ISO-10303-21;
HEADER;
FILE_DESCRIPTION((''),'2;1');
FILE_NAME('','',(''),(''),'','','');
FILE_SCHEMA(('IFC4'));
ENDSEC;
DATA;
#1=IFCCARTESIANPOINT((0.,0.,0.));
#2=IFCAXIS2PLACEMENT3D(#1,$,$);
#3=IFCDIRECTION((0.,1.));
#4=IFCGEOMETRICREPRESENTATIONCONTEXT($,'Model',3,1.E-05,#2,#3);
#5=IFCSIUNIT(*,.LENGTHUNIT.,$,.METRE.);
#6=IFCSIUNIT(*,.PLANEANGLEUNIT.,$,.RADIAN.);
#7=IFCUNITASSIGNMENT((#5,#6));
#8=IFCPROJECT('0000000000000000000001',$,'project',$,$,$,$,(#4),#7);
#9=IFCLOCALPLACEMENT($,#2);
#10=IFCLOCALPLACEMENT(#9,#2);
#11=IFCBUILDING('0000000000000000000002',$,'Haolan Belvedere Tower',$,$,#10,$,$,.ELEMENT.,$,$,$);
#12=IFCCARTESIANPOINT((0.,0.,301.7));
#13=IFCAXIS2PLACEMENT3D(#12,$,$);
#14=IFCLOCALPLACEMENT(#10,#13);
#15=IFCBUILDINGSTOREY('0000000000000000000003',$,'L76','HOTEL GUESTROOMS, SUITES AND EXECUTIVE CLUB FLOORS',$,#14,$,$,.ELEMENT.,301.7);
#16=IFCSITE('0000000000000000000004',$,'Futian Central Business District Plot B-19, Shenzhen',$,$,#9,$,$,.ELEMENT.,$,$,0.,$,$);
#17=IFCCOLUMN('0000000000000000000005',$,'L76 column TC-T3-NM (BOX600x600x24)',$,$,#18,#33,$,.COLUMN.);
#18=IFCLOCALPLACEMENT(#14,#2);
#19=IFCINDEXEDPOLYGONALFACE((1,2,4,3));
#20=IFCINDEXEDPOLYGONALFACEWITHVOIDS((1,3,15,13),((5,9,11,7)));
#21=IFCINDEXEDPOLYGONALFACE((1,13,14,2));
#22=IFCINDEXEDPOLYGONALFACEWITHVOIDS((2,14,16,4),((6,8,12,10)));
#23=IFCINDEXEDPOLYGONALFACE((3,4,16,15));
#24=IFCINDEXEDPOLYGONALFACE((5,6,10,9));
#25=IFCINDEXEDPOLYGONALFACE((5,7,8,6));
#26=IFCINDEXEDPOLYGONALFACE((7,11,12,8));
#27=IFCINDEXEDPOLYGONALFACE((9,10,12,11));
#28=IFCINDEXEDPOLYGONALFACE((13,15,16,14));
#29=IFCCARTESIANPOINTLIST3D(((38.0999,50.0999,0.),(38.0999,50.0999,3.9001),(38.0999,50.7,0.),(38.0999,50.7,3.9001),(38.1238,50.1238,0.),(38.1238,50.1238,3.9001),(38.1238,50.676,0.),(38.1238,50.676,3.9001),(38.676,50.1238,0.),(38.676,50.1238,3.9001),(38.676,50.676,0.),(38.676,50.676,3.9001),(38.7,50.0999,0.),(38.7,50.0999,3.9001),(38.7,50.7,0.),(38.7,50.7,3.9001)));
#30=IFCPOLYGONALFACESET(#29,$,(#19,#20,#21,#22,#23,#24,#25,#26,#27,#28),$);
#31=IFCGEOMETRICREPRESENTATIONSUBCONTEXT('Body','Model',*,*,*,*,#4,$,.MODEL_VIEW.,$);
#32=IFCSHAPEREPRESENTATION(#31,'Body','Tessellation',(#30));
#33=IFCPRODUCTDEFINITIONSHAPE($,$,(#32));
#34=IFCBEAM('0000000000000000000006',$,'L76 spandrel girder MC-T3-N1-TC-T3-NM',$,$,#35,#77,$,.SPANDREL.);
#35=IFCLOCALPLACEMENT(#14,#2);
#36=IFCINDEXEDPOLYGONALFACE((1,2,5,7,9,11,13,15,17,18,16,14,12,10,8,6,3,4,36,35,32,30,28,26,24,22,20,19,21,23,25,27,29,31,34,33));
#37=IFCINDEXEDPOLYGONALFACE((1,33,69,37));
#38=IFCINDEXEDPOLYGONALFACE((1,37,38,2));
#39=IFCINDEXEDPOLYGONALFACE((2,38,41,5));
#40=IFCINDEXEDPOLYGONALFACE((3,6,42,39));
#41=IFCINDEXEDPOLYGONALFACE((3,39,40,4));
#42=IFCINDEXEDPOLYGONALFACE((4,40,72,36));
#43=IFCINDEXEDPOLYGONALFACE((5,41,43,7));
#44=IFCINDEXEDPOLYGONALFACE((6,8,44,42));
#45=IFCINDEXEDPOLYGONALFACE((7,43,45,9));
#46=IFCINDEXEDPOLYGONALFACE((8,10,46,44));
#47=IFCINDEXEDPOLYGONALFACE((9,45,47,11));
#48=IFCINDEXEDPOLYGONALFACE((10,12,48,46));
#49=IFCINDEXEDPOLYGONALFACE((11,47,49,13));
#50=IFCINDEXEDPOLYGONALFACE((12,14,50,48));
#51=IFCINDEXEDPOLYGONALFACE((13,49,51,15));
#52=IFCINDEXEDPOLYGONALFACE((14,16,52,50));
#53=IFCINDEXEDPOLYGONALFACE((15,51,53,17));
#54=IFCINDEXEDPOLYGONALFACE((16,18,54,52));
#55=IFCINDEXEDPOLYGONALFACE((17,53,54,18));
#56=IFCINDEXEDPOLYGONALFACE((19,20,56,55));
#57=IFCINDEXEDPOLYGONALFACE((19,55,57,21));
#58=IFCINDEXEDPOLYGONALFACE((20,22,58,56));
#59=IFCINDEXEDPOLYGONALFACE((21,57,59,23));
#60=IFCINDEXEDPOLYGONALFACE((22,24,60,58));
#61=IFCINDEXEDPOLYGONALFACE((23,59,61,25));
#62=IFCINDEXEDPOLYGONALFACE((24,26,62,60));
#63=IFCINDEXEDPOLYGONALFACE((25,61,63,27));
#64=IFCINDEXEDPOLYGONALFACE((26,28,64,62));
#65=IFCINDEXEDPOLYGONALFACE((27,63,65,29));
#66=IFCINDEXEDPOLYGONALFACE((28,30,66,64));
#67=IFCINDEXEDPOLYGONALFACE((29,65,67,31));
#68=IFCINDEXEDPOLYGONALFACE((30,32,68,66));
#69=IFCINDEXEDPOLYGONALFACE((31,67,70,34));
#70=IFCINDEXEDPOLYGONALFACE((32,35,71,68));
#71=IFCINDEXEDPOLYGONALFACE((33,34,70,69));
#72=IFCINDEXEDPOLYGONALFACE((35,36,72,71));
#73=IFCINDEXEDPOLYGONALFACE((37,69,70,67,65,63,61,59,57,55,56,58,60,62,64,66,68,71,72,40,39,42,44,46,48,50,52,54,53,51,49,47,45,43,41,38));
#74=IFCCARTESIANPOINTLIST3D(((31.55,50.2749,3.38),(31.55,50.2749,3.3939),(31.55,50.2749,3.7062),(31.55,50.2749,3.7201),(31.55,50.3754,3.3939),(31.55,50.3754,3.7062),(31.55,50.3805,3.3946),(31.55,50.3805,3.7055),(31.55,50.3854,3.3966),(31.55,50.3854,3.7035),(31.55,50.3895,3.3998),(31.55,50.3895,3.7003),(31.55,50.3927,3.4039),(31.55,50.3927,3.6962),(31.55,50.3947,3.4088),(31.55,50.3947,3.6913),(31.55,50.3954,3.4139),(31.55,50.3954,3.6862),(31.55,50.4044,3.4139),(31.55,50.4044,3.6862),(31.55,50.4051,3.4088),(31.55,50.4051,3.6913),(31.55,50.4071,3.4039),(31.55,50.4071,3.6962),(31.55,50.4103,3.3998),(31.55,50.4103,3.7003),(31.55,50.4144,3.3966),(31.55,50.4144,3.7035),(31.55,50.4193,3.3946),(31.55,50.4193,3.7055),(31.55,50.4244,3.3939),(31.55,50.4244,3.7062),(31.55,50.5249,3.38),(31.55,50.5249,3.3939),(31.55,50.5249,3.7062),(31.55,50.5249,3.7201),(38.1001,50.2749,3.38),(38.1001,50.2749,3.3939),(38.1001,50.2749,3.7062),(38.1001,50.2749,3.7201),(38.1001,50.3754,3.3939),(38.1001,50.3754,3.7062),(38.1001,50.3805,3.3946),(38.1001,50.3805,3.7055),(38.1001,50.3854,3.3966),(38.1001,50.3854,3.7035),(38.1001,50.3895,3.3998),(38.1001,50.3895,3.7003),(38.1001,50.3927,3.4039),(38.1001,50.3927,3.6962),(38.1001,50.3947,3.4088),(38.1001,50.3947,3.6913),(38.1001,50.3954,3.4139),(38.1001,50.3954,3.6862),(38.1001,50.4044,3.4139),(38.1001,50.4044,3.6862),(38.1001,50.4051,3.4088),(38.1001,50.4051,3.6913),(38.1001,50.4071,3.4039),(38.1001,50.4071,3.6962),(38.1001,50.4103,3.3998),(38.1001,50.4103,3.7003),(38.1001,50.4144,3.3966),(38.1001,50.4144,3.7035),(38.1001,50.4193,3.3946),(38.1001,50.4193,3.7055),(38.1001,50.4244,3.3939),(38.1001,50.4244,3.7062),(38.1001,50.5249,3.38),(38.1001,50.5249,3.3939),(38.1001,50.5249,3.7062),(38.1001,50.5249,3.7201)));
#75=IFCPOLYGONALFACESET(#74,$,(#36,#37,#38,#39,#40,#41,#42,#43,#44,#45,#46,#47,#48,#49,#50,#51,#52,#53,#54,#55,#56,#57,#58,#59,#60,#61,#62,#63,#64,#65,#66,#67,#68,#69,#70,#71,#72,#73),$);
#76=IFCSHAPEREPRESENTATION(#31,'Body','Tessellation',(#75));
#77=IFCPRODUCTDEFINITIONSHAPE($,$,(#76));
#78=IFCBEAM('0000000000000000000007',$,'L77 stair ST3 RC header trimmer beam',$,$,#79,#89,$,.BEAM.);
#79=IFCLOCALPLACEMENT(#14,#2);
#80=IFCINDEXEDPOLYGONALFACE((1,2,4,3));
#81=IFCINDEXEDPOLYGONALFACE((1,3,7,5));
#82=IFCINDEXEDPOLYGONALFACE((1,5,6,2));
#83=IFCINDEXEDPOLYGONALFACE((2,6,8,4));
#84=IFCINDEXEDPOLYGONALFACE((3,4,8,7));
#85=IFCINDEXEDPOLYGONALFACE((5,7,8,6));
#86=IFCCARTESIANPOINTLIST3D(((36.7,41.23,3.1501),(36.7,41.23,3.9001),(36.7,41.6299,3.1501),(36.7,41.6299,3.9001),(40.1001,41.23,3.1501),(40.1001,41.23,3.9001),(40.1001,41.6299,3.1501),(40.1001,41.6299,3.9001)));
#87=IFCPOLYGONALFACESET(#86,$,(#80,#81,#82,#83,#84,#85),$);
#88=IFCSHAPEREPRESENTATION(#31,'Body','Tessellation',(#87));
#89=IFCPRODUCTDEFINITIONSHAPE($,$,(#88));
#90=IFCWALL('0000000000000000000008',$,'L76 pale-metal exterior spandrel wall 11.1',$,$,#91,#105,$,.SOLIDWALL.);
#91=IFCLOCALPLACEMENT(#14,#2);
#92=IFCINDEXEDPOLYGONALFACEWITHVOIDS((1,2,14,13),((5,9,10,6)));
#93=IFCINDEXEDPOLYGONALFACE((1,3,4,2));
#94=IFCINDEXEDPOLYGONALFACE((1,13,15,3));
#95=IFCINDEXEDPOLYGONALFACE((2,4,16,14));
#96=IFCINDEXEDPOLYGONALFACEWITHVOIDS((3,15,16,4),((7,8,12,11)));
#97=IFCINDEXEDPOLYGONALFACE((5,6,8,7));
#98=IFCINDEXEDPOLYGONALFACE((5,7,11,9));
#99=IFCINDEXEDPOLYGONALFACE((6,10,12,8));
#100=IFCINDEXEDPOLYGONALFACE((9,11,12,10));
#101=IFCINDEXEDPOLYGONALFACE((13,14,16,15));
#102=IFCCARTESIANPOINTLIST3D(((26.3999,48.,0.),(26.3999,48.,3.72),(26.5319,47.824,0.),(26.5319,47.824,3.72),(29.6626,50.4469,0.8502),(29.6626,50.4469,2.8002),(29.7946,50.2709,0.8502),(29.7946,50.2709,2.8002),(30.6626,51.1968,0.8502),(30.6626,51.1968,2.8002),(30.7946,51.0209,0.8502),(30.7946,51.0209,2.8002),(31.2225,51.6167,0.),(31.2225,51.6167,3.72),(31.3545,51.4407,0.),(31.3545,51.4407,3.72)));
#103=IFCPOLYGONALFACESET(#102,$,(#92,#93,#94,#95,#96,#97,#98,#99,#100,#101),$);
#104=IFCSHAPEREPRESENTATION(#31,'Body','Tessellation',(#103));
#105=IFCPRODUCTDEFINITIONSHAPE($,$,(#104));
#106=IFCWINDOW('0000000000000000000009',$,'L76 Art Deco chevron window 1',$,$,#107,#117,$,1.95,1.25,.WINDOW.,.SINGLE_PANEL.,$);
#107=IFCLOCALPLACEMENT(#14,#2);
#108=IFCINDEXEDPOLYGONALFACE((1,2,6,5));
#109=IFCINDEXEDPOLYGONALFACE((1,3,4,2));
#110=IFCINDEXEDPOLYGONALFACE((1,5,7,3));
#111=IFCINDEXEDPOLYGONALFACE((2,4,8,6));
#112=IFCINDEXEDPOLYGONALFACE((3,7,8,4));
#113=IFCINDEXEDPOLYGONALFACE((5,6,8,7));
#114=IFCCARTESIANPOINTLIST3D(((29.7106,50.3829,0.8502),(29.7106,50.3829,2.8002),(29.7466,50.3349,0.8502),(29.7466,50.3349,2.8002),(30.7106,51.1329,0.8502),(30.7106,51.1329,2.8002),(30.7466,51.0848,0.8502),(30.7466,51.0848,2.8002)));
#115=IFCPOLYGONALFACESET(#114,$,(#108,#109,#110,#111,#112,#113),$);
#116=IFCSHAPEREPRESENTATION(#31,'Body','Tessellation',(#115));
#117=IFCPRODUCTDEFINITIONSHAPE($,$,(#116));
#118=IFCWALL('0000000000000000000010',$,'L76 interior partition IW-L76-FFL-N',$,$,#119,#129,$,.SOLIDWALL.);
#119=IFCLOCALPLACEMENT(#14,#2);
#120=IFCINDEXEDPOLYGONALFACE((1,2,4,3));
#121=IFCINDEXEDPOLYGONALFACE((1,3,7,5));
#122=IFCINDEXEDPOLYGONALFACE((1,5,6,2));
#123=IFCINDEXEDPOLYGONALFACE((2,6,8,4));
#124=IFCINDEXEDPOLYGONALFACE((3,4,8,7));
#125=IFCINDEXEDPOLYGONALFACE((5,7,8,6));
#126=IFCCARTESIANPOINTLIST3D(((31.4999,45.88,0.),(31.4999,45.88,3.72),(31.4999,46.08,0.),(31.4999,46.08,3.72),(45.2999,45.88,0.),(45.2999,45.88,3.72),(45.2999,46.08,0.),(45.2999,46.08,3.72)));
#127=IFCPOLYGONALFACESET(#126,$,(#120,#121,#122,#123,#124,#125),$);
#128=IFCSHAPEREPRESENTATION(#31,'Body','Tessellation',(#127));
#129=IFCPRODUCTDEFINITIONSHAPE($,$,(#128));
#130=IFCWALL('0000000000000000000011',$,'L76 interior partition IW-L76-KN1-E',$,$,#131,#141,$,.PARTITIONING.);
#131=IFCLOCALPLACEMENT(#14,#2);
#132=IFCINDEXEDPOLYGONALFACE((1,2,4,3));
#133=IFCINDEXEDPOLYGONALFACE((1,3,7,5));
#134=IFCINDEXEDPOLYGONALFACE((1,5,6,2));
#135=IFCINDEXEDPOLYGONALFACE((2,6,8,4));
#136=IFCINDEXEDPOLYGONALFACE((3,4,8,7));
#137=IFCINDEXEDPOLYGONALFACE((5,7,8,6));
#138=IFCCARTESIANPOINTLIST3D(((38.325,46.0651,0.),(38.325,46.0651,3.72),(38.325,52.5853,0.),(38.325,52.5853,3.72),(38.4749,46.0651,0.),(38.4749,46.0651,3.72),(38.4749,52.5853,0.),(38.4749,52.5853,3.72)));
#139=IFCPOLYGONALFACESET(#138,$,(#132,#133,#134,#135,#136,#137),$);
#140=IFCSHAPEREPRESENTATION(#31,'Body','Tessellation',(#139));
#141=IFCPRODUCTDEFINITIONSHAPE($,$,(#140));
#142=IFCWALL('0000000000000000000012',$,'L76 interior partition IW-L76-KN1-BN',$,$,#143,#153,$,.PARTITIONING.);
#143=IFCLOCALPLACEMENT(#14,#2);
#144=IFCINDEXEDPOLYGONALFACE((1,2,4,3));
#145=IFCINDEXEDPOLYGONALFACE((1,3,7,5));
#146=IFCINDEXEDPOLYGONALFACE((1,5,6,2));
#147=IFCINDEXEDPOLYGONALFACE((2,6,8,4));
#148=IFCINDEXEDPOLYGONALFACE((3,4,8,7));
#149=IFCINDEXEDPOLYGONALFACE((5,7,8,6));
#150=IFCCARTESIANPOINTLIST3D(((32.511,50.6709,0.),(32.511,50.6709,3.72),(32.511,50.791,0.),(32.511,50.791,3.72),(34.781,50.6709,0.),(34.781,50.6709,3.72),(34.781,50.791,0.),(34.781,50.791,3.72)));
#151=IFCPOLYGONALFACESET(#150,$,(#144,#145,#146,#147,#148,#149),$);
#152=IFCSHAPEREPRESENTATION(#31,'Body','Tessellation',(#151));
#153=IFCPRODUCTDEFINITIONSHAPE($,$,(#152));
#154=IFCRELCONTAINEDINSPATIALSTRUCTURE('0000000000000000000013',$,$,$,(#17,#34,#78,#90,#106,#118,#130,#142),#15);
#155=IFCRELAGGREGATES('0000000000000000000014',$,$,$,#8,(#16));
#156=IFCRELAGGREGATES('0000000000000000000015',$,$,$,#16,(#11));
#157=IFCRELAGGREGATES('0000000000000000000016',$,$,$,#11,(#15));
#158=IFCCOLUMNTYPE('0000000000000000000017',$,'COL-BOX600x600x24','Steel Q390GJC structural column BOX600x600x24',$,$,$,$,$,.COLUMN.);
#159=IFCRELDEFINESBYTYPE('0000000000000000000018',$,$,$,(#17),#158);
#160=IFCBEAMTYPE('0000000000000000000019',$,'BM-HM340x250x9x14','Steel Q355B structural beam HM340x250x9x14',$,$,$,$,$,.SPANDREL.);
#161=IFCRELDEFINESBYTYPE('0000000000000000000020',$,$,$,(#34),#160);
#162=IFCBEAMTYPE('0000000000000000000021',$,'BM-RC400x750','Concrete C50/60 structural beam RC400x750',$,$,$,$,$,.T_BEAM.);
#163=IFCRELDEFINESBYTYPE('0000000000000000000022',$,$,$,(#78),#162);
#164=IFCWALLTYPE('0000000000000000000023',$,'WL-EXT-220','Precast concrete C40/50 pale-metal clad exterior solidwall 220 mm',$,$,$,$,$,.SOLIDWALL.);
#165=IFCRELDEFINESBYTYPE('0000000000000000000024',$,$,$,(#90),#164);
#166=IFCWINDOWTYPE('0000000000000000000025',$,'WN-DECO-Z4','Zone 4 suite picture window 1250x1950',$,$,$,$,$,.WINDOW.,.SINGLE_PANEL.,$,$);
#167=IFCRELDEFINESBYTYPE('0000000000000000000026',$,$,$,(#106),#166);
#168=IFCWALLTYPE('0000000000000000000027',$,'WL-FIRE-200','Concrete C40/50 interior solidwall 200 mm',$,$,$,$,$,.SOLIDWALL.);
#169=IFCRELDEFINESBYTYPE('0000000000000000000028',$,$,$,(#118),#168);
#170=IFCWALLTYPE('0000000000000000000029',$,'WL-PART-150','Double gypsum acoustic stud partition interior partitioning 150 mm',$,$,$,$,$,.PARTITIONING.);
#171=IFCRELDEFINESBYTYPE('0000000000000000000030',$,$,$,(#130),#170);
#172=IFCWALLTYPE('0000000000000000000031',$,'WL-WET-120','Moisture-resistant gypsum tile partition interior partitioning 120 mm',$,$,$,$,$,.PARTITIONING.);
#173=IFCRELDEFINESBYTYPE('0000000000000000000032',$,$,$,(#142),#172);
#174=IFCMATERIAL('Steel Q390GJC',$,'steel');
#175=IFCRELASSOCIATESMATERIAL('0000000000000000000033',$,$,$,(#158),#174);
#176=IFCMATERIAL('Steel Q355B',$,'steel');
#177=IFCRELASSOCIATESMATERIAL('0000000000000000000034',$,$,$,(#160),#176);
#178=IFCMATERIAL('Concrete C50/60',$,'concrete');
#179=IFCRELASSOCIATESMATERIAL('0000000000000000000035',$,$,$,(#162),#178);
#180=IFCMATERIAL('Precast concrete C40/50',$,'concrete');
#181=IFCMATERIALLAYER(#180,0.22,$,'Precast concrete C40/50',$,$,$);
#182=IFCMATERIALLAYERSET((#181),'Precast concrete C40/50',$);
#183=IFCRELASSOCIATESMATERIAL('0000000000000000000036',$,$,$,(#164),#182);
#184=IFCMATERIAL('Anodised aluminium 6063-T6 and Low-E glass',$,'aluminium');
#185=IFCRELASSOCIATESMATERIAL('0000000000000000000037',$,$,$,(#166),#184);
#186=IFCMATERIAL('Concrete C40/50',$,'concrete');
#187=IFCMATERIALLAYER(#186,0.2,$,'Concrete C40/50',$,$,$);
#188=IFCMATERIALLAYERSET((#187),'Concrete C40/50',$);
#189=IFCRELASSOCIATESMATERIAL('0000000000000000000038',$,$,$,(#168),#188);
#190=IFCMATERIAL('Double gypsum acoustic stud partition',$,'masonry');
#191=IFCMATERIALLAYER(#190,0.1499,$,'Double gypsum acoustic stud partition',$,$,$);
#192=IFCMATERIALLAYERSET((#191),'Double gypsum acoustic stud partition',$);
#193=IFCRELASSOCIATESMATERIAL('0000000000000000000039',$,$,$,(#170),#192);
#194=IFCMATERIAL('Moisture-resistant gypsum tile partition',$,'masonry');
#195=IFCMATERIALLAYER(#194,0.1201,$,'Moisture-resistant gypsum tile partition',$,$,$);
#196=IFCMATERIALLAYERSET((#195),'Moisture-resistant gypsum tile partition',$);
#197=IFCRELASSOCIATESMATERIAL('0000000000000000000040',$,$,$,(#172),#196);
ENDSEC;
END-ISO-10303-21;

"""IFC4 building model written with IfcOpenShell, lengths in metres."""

from ifc_helpers import new_model, si_unit, direction, frame, frame_2d, origin, origin_2d, place, context, subcontext, project, spatial, rectangle, hollow_rectangle, i_section, extrude, material, layer, layer_set, material_profile, profile_set, type_object, element, fill, save


model = new_model("IFC4")

# Units and contexts
model_context = context("Model", 3, precision=1e-05, world=origin(), true_north=direction((0.0, 1.0)))
body_context = subcontext(model_context, "Body", "Model", "MODEL_VIEW")
ifc_project = project(units=[si_unit("LENGTHUNIT", "METRE"), si_unit("PLANEANGLEUNIT", "RADIAN")], contexts=[model_context])

# Site, building, storey
site_placement = place(None, origin())
site = spatial("IfcSite", under=ifc_project, at=site_placement, Name="Futian Central Business District Plot B-19, Shenzhen", CompositionType="ELEMENT", RefElevation=0.0)
building_placement = place(site_placement, origin())
building = spatial("IfcBuilding", under=site, at=building_placement, Name="Haolan Belvedere Tower", CompositionType="ELEMENT")
storey_placement = place(building_placement, frame((0.0, 0.0, 301.7)))
storey = spatial("IfcBuildingStorey", under=building, at=storey_placement, Name="L76", Description="HOTEL GUESTROOMS, SUITES AND EXECUTIVE CLUB FLOORS", CompositionType="ELEMENT", Elevation=301.7)

# Column
ifc_material_1 = material(Name="Steel Q390GJC", Category="steel")
ifc_material_profile_1 = material_profile(ifc_material_1, hollow_rectangle(XDim=0.6001, YDim=0.6001, WallThickness=0.0239, at=origin_2d()), Name="Steel Q390GJC")
ifc_profile_set_1 = profile_set([ifc_material_profile_1], Name="Steel Q390GJC")
column_type = type_object("IfcColumnType", Name="COL-BOX600x600x24", Description="Steel Q390GJC structural column BOX600x600x24", PredefinedType="COLUMN", material=ifc_profile_set_1)
column_placement = place(storey_placement, frame((38.3999, 50.3999, 0.0), z_axis=(0.0, 0.0, 1.0), x_axis=(1.0, 0.0, 0.0)))
element("IfcColumn", 1, at=column_placement, inside=storey, type_object=column_type, Name="L76 column TC-T3-NM (BOX600x600x24)", PredefinedType="COLUMN", context=body_context, shape_type="SweptSolid", body=[
    extrude(hollow_rectangle(XDim=0.6001, YDim=0.6001, WallThickness=0.0239, at=origin_2d()), origin(), (0.0, 0.0, 1.0), 3.9001),
])

# Beams
ifc_material_2 = material(Name="Steel Q355B", Category="steel")
ifc_material_profile_2 = material_profile(ifc_material_2, i_section(OverallWidth=0.25, OverallDepth=0.3401, WebThickness=0.009, FlangeThickness=0.0139, FilletRadius=0.02, at=origin_2d()), Name="Steel Q355B")
ifc_profile_set_2 = profile_set([ifc_material_profile_2], Name="Steel Q355B")
beam_type_1 = type_object("IfcBeamType", Name="BM-HM340x250x9x14", Description="Steel Q355B structural beam HM340x250x9x14", PredefinedType="SPANDREL", material=ifc_profile_set_2)
beam_1_placement = place(storey_placement, frame((31.55, 50.3999, 3.55), z_axis=(1.0, 0.0, 0.0), x_axis=(0.0, 1.0, 0.0)))
element("IfcBeam", 2, at=beam_1_placement, inside=storey, type_object=beam_type_1, Name="L76 spandrel girder MC-T3-N1-TC-T3-NM", PredefinedType="SPANDREL", context=body_context, shape_type="SweptSolid", body=[
    extrude(i_section(OverallWidth=0.25, OverallDepth=0.3401, WebThickness=0.009, FlangeThickness=0.0139, FilletRadius=0.02, at=origin_2d()), origin(), (0.0, 0.0, 1.0), 6.55),
])
ifc_material_3 = material(Name="Concrete C50/60", Category="concrete")
ifc_material_profile_3 = material_profile(ifc_material_3, rectangle(XDim=0.3999, YDim=0.75, at=origin_2d()), Name="Concrete C50/60")
ifc_profile_set_3 = profile_set([ifc_material_profile_3], Name="Concrete C50/60")
beam_type_2 = type_object("IfcBeamType", Name="BM-RC400x750", Description="Concrete C50/60 structural beam RC400x750", PredefinedType="T_BEAM", material=ifc_profile_set_3)
beam_2_placement = place(storey_placement, frame((36.7, 41.4299, 3.5251), z_axis=(1.0, 0.0, 0.0), x_axis=(0.0, 1.0, 0.0)))
element("IfcBeam", 3, at=beam_2_placement, inside=storey, type_object=beam_type_2, Name="L77 stair ST3 RC header trimmer beam", PredefinedType="BEAM", context=body_context, shape_type="SweptSolid", body=[
    extrude(rectangle(XDim=0.3999, YDim=0.75, at=origin_2d()), origin(), (0.0, 0.0, 1.0), 3.4001),
])

# Wall, opening, window
ifc_material_4 = material(Name="Precast concrete C40/50", Category="concrete")
ifc_layer_1 = layer(ifc_material_4, 0.22, Name="Precast concrete C40/50")
ifc_layer_set_1 = layer_set([ifc_layer_1], Name="Precast concrete C40/50")
wall_type_1 = type_object("IfcWallType", Name="WL-EXT-220", Description="Precast concrete C40/50 pale-metal clad exterior solidwall 220 mm", PredefinedType="SOLIDWALL", material=ifc_layer_set_1)
wall_1_placement = place(storey_placement, frame((31.2886, 51.5288, 0.0), z_axis=(0.0, 0.0, 1.0), x_axis=(-0.800015, -0.599981, 0.0)))
wall_1 = element("IfcWall", 4, at=wall_1_placement, inside=storey, type_object=wall_type_1, Name="L76 pale-metal exterior spandrel wall 11.1", PredefinedType="SOLIDWALL", context=body_context, shape_type="SweptSolid", body=[
    extrude(rectangle(XDim=6.0281, YDim=0.22, at=frame_2d((3.0142, 0.0))), origin(), (0.0, 0.0, 1.0), 3.72),
])
opening_1_placement = place(wall_1_placement, frame((0.7, 0.0, 0.8501)))
opening_1 = element("IfcOpeningElement", 5, at=opening_1_placement, cuts=wall_1, PredefinedType="OPENING", context=body_context, shape_type="SweptSolid", body=[
    extrude(rectangle(XDim=1.25, YDim=1.95, at=frame_2d((0.625, 0.9751))), frame((0.0, 0.1199, 0.0), z_axis=(0.0, -1.0, 0.0), x_axis=(1.0, 0.0, 0.0)), (0.0, 0.0, 1.0), 0.24),
])
ifc_material_5 = material(Name="Anodised aluminium 6063-T6 and Low-E glass", Category="aluminium")
window_type = type_object("IfcWindowType", Name="WN-DECO-Z4", Description="Zone 4 suite picture window 1250x1950", PartitioningType="SINGLE_PANEL", PredefinedType="WINDOW", material=ifc_material_5)
window_placement = place(opening_1_placement, origin())
window = element("IfcWindow", 6, at=window_placement, inside=storey, type_object=window_type, Name="L76 Art Deco chevron window 1", OverallHeight=1.95, OverallWidth=1.25, PartitioningType="SINGLE_PANEL", PredefinedType="WINDOW", context=body_context, shape_type="SweptSolid", body=[
    extrude(rectangle(XDim=1.25, YDim=1.95, at=frame_2d((0.625, 0.9751))), frame((0.0, 0.03, 0.0), z_axis=(0.0, -1.0, 0.0), x_axis=(1.0, 0.0, 0.0)), (0.0, 0.0, 1.0), 0.0601),
])
fill(opening_1, window)

# Wall
ifc_material_6 = material(Name="Concrete C40/50", Category="concrete")
ifc_layer_2 = layer(ifc_material_6, 0.2, Name="Concrete C40/50")
ifc_layer_set_2 = layer_set([ifc_layer_2], Name="Concrete C40/50")
wall_type_2 = type_object("IfcWallType", Name="WL-FIRE-200", Description="Concrete C40/50 interior solidwall 200 mm", PredefinedType="SOLIDWALL", material=ifc_layer_set_2)
wall_2_placement = place(storey_placement, frame((31.5, 45.98, 0.0), z_axis=(0.0, 0.0, 1.0), x_axis=(1.0, 0.0, 0.0)))
element("IfcWall", 7, at=wall_2_placement, inside=storey, type_object=wall_type_2, Name="L76 interior partition IW-L76-FFL-N", PredefinedType="SOLIDWALL", context=body_context, shape_type="SweptSolid", body=[
    extrude(rectangle(XDim=13.8, YDim=0.2, at=frame_2d((6.8999, 0.0))), origin(), (0.0, 0.0, 1.0), 3.72),
])

# Walls
ifc_material_7 = material(Name="Double gypsum acoustic stud partition", Category="masonry")
ifc_layer_3 = layer(ifc_material_7, 0.1499, Name="Double gypsum acoustic stud partition")
ifc_layer_set_3 = layer_set([ifc_layer_3], Name="Double gypsum acoustic stud partition")
wall_type_3 = type_object("IfcWallType", Name="WL-PART-150", Description="Double gypsum acoustic stud partition interior partitioning 150 mm", PredefinedType="PARTITIONING", material=ifc_layer_set_3)
wall_3_placement = place(storey_placement, frame((38.3999, 46.0649, 0.0), z_axis=(0.0, 0.0, 1.0), x_axis=(0.0, 1.0, 0.0)))
element("IfcWall", 8, at=wall_3_placement, inside=storey, type_object=wall_type_3, Name="L76 interior partition IW-L76-KN1-E", PredefinedType="PARTITIONING", context=body_context, shape_type="SweptSolid", body=[
    extrude(rectangle(XDim=6.5203, YDim=0.1499, at=frame_2d((3.2603, 0.0))), origin(), (0.0, 0.0, 1.0), 3.72),
])
ifc_material_8 = material(Name="Moisture-resistant gypsum tile partition", Category="masonry")
ifc_layer_4 = layer(ifc_material_8, 0.1201, Name="Moisture-resistant gypsum tile partition")
ifc_layer_set_4 = layer_set([ifc_layer_4], Name="Moisture-resistant gypsum tile partition")
wall_type_4 = type_object("IfcWallType", Name="WL-WET-120", Description="Moisture-resistant gypsum tile partition interior partitioning 120 mm", PredefinedType="PARTITIONING", material=ifc_layer_set_4)
wall_4_placement = place(storey_placement, frame((32.511, 50.731, 0.0), z_axis=(0.0, 0.0, 1.0), x_axis=(1.0, 0.0, 0.0)))
element("IfcWall", 9, at=wall_4_placement, inside=storey, type_object=wall_type_4, Name="L76 interior partition IW-L76-KN1-BN", PredefinedType="PARTITIONING", context=body_context, shape_type="SweptSolid", body=[
    extrude(rectangle(XDim=2.27, YDim=0.1201, at=frame_2d((1.135, 0.0))), origin(), (0.0, 0.0, 1.0), 3.72),
])

save(model, "model.ifc")
